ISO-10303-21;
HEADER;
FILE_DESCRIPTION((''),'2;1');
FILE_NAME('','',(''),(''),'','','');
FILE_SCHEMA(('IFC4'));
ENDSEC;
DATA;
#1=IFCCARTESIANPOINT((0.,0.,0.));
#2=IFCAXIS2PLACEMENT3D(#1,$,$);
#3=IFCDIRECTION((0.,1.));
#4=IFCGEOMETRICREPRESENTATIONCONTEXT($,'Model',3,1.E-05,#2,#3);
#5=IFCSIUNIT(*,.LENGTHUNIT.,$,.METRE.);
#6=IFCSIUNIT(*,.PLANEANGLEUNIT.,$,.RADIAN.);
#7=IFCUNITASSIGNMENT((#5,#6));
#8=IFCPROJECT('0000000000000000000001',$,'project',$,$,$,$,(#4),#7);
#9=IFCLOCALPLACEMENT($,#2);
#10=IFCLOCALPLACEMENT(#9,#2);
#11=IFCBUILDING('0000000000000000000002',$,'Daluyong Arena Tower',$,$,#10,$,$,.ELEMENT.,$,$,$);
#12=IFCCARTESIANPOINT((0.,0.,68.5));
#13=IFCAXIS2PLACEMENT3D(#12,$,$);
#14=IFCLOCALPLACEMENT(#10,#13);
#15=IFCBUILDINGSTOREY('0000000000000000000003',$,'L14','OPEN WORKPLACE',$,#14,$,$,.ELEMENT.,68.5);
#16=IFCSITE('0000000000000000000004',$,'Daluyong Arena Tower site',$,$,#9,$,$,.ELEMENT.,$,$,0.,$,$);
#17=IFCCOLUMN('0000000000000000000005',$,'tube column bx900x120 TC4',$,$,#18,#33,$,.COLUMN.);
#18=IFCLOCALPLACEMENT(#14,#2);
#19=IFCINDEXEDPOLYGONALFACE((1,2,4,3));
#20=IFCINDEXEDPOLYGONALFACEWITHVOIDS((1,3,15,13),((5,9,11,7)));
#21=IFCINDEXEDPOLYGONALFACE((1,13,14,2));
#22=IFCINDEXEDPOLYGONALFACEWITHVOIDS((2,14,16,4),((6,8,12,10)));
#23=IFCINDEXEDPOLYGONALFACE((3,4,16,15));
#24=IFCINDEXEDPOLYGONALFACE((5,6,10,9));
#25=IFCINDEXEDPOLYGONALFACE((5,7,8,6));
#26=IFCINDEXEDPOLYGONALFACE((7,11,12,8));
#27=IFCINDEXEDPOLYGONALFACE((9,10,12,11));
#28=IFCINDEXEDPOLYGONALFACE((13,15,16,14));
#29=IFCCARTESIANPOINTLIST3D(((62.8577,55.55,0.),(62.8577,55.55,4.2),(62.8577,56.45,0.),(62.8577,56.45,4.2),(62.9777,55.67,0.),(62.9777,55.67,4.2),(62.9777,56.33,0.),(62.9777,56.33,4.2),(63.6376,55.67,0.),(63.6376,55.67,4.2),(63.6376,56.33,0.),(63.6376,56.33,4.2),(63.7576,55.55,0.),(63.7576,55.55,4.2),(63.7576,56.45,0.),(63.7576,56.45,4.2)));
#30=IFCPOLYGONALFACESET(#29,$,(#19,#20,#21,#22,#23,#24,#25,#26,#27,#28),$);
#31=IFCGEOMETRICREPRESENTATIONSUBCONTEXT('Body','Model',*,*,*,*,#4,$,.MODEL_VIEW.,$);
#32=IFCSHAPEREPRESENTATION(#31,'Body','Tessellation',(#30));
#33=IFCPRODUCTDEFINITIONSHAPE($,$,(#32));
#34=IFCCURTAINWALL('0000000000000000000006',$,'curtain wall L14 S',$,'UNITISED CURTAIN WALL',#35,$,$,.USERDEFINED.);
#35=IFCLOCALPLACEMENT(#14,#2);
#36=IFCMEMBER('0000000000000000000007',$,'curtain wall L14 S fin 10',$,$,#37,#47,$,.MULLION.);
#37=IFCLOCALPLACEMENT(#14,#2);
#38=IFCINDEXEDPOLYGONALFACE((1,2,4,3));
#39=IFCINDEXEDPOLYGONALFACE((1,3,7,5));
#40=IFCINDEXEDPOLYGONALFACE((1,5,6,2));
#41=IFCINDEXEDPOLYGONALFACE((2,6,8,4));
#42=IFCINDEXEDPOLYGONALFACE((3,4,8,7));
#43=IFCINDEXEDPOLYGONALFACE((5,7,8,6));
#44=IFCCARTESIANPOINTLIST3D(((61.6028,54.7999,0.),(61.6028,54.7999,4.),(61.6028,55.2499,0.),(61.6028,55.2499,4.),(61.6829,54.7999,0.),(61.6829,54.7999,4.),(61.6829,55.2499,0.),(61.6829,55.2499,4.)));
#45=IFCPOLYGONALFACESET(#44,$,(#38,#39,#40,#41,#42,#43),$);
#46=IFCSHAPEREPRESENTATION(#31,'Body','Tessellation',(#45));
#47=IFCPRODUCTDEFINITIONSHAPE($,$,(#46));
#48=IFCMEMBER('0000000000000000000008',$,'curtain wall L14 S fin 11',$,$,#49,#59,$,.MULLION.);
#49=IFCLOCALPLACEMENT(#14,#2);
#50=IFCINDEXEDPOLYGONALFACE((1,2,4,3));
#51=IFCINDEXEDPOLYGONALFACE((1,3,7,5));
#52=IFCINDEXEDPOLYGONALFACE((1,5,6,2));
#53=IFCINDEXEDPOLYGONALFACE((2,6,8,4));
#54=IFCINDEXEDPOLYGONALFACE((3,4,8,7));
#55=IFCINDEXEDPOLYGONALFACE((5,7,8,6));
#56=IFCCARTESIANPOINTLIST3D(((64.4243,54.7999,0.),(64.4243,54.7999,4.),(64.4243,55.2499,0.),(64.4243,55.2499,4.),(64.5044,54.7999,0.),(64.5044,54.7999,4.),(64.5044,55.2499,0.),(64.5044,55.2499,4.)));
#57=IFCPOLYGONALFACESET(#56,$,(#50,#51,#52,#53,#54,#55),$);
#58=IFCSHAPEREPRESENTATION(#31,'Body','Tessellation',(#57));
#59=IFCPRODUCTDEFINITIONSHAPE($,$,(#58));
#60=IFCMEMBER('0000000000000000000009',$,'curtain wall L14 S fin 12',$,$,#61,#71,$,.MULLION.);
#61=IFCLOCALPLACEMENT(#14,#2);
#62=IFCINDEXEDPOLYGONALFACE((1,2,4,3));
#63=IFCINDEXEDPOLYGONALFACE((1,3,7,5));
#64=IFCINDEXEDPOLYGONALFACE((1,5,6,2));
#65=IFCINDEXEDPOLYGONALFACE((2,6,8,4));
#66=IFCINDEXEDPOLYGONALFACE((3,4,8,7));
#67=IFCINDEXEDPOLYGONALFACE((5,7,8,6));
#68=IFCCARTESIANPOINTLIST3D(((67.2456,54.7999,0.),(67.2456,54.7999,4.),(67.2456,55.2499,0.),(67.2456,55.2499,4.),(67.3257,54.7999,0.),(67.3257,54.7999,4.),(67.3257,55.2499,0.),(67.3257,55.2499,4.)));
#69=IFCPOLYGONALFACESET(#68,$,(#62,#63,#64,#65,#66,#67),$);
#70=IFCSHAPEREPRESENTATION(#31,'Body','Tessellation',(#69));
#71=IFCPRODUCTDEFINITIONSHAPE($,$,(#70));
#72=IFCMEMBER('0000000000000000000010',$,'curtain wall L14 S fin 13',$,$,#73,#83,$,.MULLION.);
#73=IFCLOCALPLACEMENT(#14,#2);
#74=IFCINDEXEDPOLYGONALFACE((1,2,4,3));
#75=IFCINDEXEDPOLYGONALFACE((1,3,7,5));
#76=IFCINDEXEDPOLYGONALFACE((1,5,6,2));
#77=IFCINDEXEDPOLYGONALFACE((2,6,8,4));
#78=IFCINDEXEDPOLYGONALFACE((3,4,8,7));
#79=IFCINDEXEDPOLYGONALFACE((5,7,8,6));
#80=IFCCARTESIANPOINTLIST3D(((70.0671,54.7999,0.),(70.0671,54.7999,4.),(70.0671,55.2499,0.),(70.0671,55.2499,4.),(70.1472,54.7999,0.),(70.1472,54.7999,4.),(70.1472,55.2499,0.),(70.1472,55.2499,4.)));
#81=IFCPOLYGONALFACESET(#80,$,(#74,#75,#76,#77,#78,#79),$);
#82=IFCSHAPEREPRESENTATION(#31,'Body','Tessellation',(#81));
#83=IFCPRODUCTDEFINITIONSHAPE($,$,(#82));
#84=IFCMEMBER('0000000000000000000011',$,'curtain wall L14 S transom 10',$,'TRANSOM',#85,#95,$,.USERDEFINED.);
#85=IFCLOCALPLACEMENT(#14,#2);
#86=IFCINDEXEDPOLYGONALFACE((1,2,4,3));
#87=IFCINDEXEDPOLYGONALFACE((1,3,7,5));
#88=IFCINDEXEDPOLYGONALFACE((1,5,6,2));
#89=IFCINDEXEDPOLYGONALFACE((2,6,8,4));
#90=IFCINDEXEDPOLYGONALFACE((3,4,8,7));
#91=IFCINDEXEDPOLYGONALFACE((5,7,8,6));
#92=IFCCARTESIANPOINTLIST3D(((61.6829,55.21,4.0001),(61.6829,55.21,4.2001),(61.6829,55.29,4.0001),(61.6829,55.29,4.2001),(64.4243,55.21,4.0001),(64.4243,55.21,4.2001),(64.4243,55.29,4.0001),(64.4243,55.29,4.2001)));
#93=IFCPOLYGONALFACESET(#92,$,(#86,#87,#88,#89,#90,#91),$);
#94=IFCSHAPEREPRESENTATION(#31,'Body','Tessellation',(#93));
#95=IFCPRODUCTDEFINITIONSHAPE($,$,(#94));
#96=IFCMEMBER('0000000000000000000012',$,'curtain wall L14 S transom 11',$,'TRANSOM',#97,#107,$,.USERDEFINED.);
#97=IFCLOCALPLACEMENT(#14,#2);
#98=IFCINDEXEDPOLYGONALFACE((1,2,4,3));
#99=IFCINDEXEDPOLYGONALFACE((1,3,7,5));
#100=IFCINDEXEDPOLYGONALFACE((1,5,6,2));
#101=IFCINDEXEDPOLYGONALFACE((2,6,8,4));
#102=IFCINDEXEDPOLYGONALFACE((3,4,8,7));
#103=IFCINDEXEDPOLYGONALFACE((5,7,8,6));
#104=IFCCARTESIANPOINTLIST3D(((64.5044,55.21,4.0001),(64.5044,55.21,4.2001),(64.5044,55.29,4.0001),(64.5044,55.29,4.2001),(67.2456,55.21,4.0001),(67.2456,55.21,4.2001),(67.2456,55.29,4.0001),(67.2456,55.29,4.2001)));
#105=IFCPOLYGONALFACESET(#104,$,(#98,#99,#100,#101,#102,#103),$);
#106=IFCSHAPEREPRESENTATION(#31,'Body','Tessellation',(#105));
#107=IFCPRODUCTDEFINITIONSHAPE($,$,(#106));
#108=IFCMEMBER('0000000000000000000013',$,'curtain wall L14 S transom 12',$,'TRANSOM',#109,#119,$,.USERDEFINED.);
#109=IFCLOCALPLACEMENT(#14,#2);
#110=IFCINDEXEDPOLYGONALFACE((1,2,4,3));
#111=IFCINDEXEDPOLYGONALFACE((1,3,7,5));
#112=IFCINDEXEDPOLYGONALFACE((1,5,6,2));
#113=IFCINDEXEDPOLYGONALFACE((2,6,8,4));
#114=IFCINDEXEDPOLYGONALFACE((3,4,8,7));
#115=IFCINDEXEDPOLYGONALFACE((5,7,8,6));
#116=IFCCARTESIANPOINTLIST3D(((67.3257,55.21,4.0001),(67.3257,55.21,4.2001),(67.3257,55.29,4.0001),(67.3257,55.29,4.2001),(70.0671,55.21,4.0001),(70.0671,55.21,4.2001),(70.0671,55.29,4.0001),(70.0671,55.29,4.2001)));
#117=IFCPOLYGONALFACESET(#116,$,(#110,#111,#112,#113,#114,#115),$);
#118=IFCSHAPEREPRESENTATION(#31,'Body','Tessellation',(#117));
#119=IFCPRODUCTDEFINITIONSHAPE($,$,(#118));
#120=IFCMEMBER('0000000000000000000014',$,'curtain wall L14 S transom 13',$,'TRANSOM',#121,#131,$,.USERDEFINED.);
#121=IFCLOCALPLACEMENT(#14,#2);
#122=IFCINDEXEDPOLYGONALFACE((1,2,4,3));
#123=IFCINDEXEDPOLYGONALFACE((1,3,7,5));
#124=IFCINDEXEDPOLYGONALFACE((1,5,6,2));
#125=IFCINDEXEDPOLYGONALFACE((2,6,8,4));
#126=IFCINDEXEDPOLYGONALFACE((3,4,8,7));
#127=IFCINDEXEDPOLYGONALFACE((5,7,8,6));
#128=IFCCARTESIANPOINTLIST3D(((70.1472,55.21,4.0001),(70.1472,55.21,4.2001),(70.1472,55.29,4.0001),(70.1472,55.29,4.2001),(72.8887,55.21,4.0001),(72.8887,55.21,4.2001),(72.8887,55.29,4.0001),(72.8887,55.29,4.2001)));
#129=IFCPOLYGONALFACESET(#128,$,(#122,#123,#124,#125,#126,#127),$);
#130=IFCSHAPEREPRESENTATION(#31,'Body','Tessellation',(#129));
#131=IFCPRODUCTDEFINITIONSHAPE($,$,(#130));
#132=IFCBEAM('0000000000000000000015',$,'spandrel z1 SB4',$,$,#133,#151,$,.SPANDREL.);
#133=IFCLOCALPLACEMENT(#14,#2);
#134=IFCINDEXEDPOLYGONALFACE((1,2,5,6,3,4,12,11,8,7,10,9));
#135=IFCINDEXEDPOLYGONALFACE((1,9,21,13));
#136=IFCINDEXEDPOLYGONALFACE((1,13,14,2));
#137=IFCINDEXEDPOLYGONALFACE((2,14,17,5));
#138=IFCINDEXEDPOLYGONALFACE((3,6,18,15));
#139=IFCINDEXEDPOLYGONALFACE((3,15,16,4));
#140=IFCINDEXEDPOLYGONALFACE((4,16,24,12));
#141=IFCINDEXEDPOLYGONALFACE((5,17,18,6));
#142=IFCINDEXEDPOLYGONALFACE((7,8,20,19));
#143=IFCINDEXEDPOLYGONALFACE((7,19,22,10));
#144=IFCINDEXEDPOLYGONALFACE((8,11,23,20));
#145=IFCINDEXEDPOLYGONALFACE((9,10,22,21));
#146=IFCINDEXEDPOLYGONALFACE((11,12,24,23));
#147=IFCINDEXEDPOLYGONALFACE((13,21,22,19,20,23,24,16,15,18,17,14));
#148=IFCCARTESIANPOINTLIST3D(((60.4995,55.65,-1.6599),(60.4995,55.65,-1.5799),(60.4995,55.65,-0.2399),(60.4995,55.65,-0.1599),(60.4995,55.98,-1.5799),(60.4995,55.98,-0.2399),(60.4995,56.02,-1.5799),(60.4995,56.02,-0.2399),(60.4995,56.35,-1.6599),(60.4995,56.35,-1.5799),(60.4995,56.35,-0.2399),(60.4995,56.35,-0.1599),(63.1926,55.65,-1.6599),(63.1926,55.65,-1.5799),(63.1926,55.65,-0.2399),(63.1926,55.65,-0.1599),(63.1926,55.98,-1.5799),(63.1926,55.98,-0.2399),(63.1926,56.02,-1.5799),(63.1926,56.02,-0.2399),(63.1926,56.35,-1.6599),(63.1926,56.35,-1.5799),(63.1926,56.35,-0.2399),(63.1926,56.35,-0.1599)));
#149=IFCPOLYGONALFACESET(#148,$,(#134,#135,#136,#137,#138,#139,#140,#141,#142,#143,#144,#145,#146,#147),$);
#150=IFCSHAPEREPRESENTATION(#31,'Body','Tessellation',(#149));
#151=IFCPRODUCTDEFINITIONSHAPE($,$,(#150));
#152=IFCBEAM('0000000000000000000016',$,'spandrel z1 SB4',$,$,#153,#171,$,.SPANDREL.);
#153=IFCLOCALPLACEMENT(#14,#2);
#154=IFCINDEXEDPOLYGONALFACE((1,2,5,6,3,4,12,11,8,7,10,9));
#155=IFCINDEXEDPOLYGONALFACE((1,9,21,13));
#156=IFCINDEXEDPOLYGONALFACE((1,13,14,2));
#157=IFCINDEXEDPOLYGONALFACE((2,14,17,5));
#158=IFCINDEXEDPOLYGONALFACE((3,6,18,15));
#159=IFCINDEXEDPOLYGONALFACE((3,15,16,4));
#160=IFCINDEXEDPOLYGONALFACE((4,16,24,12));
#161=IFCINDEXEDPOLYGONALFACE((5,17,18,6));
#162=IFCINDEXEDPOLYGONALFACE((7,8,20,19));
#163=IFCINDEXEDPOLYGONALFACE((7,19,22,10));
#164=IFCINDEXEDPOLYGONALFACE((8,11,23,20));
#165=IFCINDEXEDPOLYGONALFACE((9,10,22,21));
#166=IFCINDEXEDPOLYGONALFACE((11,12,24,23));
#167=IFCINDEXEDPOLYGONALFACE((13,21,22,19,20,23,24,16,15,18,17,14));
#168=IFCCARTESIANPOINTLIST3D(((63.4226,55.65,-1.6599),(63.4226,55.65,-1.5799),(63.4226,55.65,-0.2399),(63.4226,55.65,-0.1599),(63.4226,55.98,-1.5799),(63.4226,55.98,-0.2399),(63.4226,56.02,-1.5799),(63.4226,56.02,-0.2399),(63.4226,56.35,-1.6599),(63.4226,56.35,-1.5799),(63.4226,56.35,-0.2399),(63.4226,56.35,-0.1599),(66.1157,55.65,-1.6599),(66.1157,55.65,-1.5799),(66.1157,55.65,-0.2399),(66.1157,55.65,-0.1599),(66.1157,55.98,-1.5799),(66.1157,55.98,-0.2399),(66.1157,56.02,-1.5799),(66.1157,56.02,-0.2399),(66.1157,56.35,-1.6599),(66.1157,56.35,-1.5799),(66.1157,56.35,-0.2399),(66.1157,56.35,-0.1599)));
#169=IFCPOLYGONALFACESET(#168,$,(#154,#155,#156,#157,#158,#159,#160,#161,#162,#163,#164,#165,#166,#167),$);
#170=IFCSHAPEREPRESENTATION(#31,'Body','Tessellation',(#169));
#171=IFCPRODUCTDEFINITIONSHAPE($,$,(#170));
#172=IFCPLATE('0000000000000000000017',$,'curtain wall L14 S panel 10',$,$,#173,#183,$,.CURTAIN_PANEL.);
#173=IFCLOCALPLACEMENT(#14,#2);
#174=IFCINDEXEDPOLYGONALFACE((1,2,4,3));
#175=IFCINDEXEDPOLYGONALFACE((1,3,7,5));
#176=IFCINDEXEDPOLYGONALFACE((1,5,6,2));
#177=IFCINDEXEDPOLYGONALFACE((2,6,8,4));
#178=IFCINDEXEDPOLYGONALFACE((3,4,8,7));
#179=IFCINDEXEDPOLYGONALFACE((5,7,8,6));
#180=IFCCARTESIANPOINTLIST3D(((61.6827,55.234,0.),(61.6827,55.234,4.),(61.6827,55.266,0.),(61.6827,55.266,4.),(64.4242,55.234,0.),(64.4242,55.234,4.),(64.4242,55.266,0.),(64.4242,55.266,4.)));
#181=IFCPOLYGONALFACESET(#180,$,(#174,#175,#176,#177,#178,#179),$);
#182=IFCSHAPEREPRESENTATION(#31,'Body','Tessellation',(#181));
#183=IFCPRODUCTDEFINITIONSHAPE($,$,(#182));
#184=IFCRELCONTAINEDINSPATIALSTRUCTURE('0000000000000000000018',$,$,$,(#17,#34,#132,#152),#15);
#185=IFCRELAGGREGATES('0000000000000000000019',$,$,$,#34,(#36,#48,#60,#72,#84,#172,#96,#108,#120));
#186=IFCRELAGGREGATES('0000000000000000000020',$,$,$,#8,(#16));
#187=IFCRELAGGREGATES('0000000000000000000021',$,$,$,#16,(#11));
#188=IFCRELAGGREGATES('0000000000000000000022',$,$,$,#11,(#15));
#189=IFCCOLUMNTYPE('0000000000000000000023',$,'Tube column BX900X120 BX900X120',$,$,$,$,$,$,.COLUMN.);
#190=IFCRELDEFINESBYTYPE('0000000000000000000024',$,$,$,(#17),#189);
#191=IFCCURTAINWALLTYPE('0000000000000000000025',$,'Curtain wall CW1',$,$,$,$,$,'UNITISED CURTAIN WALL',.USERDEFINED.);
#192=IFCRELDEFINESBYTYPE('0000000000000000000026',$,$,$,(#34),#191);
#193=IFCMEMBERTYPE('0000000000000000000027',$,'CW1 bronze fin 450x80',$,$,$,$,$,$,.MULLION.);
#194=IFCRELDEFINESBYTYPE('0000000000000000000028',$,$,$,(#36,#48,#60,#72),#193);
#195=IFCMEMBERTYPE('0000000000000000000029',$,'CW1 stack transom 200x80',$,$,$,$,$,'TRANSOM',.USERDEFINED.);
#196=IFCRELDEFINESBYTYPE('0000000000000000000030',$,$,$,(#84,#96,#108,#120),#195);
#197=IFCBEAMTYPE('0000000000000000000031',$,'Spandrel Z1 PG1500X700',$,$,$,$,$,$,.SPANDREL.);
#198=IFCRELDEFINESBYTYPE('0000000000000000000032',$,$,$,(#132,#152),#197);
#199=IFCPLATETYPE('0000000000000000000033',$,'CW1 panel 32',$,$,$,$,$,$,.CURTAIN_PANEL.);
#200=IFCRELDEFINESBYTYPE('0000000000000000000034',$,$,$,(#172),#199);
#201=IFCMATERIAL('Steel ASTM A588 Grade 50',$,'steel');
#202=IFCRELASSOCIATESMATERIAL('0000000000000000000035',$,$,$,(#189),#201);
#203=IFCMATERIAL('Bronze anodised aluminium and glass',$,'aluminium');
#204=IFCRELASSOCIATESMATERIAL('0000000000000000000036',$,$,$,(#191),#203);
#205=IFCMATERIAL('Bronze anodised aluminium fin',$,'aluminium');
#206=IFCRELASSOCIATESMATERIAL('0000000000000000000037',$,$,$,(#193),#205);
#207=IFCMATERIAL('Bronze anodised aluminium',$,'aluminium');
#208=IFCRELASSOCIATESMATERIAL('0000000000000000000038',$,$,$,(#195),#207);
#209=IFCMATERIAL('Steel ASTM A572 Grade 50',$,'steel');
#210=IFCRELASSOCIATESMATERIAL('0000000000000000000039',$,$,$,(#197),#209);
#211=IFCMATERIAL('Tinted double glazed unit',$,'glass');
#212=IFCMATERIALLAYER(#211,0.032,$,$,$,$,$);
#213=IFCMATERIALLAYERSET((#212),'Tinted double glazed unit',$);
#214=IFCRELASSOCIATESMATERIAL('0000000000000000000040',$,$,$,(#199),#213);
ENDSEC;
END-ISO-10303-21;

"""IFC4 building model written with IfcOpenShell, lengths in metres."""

from ifc_helpers import new_model, si_unit, direction, frame, origin, origin_2d, place, context, subcontext, project, spatial, rectangle, hollow_rectangle, i_section, extrude, material, layer, layer_set, material_profile, profile_set, type_object, element, aggregate, save


model = new_model("IFC4")

# Units and contexts
model_context = context("Model", 3, precision=1e-05, world=origin(), true_north=direction((0.0, 1.0)))
body_context = subcontext(model_context, "Body", "Model", "MODEL_VIEW")
ifc_project = project(units=[si_unit("LENGTHUNIT", "METRE"), si_unit("PLANEANGLEUNIT", "RADIAN")], contexts=[model_context])

# Site, building, storey
site_placement = place(None, origin())
site = spatial("IfcSite", under=ifc_project, at=site_placement, Name="Daluyong Arena Tower site", CompositionType="ELEMENT", RefElevation=0.0)
building_placement = place(site_placement, origin())
building = spatial("IfcBuilding", under=site, at=building_placement, Name="Daluyong Arena Tower", CompositionType="ELEMENT")
storey_placement = place(building_placement, frame((0.0, 0.0, 68.5)))
storey = spatial("IfcBuildingStorey", under=building, at=storey_placement, Name="L14", Description="OPEN WORKPLACE", CompositionType="ELEMENT", Elevation=68.5)

# Column
ifc_material_1 = material(Name="Steel ASTM A588 Grade 50", Category="steel")
ifc_material_profile_1 = material_profile(ifc_material_1, hollow_rectangle(XDim=0.8999, YDim=0.8999, WallThickness=0.12, at=origin_2d()))
ifc_profile_set_1 = profile_set([ifc_material_profile_1], Name="Steel ASTM A588 Grade 50")
column_type = type_object("IfcColumnType", Name="Tube column BX900X120 BX900X120", PredefinedType="COLUMN", material=ifc_profile_set_1)
column_placement = place(storey_placement, frame((63.3076, 56.0, 0.0), z_axis=(0.0, 0.0, 1.0), x_axis=(1.0, 0.0, 0.0)))
element("IfcColumn", 1, at=column_placement, inside=storey, type_object=column_type, Name="tube column bx900x120 TC4", PredefinedType="COLUMN", context=body_context, shape_type="SweptSolid", body=[
    extrude(hollow_rectangle(XDim=0.8999, YDim=0.8999, WallThickness=0.12, at=origin_2d()), origin(), (0.0, 0.0, 1.0), 4.2),
])

# Curtain wall, members
ifc_material_2 = material(Name="Bronze anodised aluminium and glass", Category="aluminium")
curtain_wall_type = type_object("IfcCurtainWallType", Name="Curtain wall CW1", ElementType="UNITISED CURTAIN WALL", PredefinedType="USERDEFINED", material=ifc_material_2)
curtain_wall_placement = place(storey_placement, origin())
curtain_wall = element("IfcCurtainWall", 2, at=curtain_wall_placement, inside=storey, type_object=curtain_wall_type, Name="curtain wall L14 S", ObjectType="UNITISED CURTAIN WALL", PredefinedType="USERDEFINED")
ifc_material_3 = material(Name="Bronze anodised aluminium fin", Category="aluminium")
ifc_material_profile_2 = material_profile(ifc_material_3, rectangle(XDim=0.45, YDim=0.0801, at=origin_2d()))
ifc_profile_set_2 = profile_set([ifc_material_profile_2], Name="Bronze anodised aluminium fin")
member_type_1 = type_object("IfcMemberType", Name="CW1 bronze fin 450x80", PredefinedType="MULLION", material=ifc_profile_set_2)
member_1_placement = place(storey_placement, frame((61.6428, 55.0249, 0.0), z_axis=(0.0, 0.0, 1.0), x_axis=(0.0, 1.0, 0.0)))
member_1 = element("IfcMember", 3, at=member_1_placement, type_object=member_type_1, Name="curtain wall L14 S fin 10", PredefinedType="MULLION", context=body_context, shape_type="SweptSolid", body=[
    extrude(rectangle(XDim=0.45, YDim=0.0801, at=origin_2d()), origin(), (0.0, 0.0, 1.0), 4.0),
])
member_2_placement = place(storey_placement, frame((64.4644, 55.0249, 0.0), z_axis=(0.0, 0.0, 1.0), x_axis=(0.0, 1.0, 0.0)))
member_2 = element("IfcMember", 4, at=member_2_placement, type_object=member_type_1, Name="curtain wall L14 S fin 11", PredefinedType="MULLION", context=body_context, shape_type="SweptSolid", body=[
    extrude(rectangle(XDim=0.45, YDim=0.0801, at=origin_2d()), origin(), (0.0, 0.0, 1.0), 4.0),
])
member_3_placement = place(storey_placement, frame((67.2856, 55.0249, 0.0), z_axis=(0.0, 0.0, 1.0), x_axis=(0.0, 1.0, 0.0)))
member_3 = element("IfcMember", 5, at=member_3_placement, type_object=member_type_1, Name="curtain wall L14 S fin 12", PredefinedType="MULLION", context=body_context, shape_type="SweptSolid", body=[
    extrude(rectangle(XDim=0.45, YDim=0.0801, at=origin_2d()), origin(), (0.0, 0.0, 1.0), 4.0),
])
member_4_placement = place(storey_placement, frame((70.1072, 55.0249, 0.0), z_axis=(0.0, 0.0, 1.0), x_axis=(0.0, 1.0, 0.0)))
member_4 = element("IfcMember", 6, at=member_4_placement, type_object=member_type_1, Name="curtain wall L14 S fin 13", PredefinedType="MULLION", context=body_context, shape_type="SweptSolid", body=[
    extrude(rectangle(XDim=0.45, YDim=0.0801, at=origin_2d()), origin(), (0.0, 0.0, 1.0), 4.0),
])
ifc_material_4 = material(Name="Bronze anodised aluminium", Category="aluminium")
ifc_material_profile_3 = material_profile(ifc_material_4, rectangle(XDim=0.0801, YDim=0.2, at=origin_2d()))
ifc_profile_set_3 = profile_set([ifc_material_profile_3], Name="Bronze anodised aluminium")
member_type_2 = type_object("IfcMemberType", Name="CW1 stack transom 200x80", ElementType="TRANSOM", PredefinedType="USERDEFINED", material=ifc_profile_set_3)
member_5_placement = place(storey_placement, frame((61.6829, 55.25, 4.1001), z_axis=(1.0, 0.0, 0.0), x_axis=(0.0, 1.0, 0.0)))
member_5 = element("IfcMember", 7, at=member_5_placement, type_object=member_type_2, Name="curtain wall L14 S transom 10", ObjectType="TRANSOM", PredefinedType="USERDEFINED", context=body_context, shape_type="SweptSolid", body=[
    extrude(rectangle(XDim=0.0801, YDim=0.2, at=origin_2d()), origin(), (0.0, 0.0, 1.0), 2.7415),
])
member_6_placement = place(storey_placement, frame((64.5044, 55.25, 4.1001), z_axis=(1.0, 0.0, 0.0), x_axis=(0.0, 1.0, 0.0)))
member_6 = element("IfcMember", 8, at=member_6_placement, type_object=member_type_2, Name="curtain wall L14 S transom 11", ObjectType="TRANSOM", PredefinedType="USERDEFINED", context=body_context, shape_type="SweptSolid", body=[
    extrude(rectangle(XDim=0.0801, YDim=0.2, at=origin_2d()), origin(), (0.0, 0.0, 1.0), 2.7412),
])
member_7_placement = place(storey_placement, frame((67.3257, 55.25, 4.1001), z_axis=(1.0, 0.0, 0.0), x_axis=(0.0, 1.0, 0.0)))
member_7 = element("IfcMember", 9, at=member_7_placement, type_object=member_type_2, Name="curtain wall L14 S transom 12", ObjectType="TRANSOM", PredefinedType="USERDEFINED", context=body_context, shape_type="SweptSolid", body=[
    extrude(rectangle(XDim=0.0801, YDim=0.2, at=origin_2d()), origin(), (0.0, 0.0, 1.0), 2.7415),
])
member_8_placement = place(storey_placement, frame((70.1472, 55.25, 4.1001), z_axis=(1.0, 0.0, 0.0), x_axis=(0.0, 1.0, 0.0)))
member_8 = element("IfcMember", 10, at=member_8_placement, type_object=member_type_2, Name="curtain wall L14 S transom 13", ObjectType="TRANSOM", PredefinedType="USERDEFINED", context=body_context, shape_type="SweptSolid", body=[
    extrude(rectangle(XDim=0.0801, YDim=0.2, at=origin_2d()), origin(), (0.0, 0.0, 1.0), 2.7415),
])

# Beams
ifc_material_5 = material(Name="Steel ASTM A572 Grade 50", Category="steel")
ifc_material_profile_4 = material_profile(ifc_material_5, i_section(OverallWidth=0.7, OverallDepth=1.5, WebThickness=0.04, FlangeThickness=0.08, at=origin_2d()))
ifc_profile_set_4 = profile_set([ifc_material_profile_4], Name="Steel ASTM A572 Grade 50")
beam_type = type_object("IfcBeamType", Name="Spandrel Z1 PG1500X700", PredefinedType="SPANDREL", material=ifc_profile_set_4)
for number, where, z_axis, x_axis, name in (
    (11, (60.4995, 56.0, -0.9099), (1.0, 0.0, 0.0), (0.0, 1.0, 0.0), "spandrel z1 SB4"),
    (12, (63.4226, 56.0, -0.9099), (1.0, 0.0, 0.0), (0.0, 1.0, 0.0), "spandrel z1 SB4"),
):
    element("IfcBeam", number, at=place(storey_placement, frame(where, z_axis=z_axis, x_axis=x_axis)), inside=storey, type_object=beam_type, Name=name, PredefinedType="SPANDREL", context=body_context, shape_type="SweptSolid", body=[
        extrude(i_section(OverallWidth=0.7, OverallDepth=1.5, WebThickness=0.04, FlangeThickness=0.08, at=origin_2d()), origin(), (0.0, 0.0, 1.0), 2.6931),
    ])

# Plate
ifc_material_6 = material(Name="Tinted double glazed unit", Category="glass")
ifc_layer = layer(ifc_material_6, 0.032)
ifc_layer_set = layer_set([ifc_layer], Name="Tinted double glazed unit")
plate_type = type_object("IfcPlateType", Name="CW1 panel 32", PredefinedType="CURTAIN_PANEL", material=ifc_layer_set)
plate_1_placement = place(storey_placement, frame((63.0535, 55.25, 0.0), z_axis=(0.0, 0.0, 1.0), x_axis=(1.0, 0.0, 0.0)))
plate_1 = element("IfcPlate", 13, at=plate_1_placement, type_object=plate_type, Name="curtain wall L14 S panel 10", PredefinedType="CURTAIN_PANEL", context=body_context, shape_type="SweptSolid", body=[
    extrude(rectangle(XDim=2.7415, YDim=0.032, at=origin_2d()), origin(), (0.0, 0.0, 1.0), 4.0),
])
aggregate(curtain_wall, [member_1, member_2, member_3, member_4, member_5, plate_1, member_6, member_7, member_8])

save(model, "model.ifc")
